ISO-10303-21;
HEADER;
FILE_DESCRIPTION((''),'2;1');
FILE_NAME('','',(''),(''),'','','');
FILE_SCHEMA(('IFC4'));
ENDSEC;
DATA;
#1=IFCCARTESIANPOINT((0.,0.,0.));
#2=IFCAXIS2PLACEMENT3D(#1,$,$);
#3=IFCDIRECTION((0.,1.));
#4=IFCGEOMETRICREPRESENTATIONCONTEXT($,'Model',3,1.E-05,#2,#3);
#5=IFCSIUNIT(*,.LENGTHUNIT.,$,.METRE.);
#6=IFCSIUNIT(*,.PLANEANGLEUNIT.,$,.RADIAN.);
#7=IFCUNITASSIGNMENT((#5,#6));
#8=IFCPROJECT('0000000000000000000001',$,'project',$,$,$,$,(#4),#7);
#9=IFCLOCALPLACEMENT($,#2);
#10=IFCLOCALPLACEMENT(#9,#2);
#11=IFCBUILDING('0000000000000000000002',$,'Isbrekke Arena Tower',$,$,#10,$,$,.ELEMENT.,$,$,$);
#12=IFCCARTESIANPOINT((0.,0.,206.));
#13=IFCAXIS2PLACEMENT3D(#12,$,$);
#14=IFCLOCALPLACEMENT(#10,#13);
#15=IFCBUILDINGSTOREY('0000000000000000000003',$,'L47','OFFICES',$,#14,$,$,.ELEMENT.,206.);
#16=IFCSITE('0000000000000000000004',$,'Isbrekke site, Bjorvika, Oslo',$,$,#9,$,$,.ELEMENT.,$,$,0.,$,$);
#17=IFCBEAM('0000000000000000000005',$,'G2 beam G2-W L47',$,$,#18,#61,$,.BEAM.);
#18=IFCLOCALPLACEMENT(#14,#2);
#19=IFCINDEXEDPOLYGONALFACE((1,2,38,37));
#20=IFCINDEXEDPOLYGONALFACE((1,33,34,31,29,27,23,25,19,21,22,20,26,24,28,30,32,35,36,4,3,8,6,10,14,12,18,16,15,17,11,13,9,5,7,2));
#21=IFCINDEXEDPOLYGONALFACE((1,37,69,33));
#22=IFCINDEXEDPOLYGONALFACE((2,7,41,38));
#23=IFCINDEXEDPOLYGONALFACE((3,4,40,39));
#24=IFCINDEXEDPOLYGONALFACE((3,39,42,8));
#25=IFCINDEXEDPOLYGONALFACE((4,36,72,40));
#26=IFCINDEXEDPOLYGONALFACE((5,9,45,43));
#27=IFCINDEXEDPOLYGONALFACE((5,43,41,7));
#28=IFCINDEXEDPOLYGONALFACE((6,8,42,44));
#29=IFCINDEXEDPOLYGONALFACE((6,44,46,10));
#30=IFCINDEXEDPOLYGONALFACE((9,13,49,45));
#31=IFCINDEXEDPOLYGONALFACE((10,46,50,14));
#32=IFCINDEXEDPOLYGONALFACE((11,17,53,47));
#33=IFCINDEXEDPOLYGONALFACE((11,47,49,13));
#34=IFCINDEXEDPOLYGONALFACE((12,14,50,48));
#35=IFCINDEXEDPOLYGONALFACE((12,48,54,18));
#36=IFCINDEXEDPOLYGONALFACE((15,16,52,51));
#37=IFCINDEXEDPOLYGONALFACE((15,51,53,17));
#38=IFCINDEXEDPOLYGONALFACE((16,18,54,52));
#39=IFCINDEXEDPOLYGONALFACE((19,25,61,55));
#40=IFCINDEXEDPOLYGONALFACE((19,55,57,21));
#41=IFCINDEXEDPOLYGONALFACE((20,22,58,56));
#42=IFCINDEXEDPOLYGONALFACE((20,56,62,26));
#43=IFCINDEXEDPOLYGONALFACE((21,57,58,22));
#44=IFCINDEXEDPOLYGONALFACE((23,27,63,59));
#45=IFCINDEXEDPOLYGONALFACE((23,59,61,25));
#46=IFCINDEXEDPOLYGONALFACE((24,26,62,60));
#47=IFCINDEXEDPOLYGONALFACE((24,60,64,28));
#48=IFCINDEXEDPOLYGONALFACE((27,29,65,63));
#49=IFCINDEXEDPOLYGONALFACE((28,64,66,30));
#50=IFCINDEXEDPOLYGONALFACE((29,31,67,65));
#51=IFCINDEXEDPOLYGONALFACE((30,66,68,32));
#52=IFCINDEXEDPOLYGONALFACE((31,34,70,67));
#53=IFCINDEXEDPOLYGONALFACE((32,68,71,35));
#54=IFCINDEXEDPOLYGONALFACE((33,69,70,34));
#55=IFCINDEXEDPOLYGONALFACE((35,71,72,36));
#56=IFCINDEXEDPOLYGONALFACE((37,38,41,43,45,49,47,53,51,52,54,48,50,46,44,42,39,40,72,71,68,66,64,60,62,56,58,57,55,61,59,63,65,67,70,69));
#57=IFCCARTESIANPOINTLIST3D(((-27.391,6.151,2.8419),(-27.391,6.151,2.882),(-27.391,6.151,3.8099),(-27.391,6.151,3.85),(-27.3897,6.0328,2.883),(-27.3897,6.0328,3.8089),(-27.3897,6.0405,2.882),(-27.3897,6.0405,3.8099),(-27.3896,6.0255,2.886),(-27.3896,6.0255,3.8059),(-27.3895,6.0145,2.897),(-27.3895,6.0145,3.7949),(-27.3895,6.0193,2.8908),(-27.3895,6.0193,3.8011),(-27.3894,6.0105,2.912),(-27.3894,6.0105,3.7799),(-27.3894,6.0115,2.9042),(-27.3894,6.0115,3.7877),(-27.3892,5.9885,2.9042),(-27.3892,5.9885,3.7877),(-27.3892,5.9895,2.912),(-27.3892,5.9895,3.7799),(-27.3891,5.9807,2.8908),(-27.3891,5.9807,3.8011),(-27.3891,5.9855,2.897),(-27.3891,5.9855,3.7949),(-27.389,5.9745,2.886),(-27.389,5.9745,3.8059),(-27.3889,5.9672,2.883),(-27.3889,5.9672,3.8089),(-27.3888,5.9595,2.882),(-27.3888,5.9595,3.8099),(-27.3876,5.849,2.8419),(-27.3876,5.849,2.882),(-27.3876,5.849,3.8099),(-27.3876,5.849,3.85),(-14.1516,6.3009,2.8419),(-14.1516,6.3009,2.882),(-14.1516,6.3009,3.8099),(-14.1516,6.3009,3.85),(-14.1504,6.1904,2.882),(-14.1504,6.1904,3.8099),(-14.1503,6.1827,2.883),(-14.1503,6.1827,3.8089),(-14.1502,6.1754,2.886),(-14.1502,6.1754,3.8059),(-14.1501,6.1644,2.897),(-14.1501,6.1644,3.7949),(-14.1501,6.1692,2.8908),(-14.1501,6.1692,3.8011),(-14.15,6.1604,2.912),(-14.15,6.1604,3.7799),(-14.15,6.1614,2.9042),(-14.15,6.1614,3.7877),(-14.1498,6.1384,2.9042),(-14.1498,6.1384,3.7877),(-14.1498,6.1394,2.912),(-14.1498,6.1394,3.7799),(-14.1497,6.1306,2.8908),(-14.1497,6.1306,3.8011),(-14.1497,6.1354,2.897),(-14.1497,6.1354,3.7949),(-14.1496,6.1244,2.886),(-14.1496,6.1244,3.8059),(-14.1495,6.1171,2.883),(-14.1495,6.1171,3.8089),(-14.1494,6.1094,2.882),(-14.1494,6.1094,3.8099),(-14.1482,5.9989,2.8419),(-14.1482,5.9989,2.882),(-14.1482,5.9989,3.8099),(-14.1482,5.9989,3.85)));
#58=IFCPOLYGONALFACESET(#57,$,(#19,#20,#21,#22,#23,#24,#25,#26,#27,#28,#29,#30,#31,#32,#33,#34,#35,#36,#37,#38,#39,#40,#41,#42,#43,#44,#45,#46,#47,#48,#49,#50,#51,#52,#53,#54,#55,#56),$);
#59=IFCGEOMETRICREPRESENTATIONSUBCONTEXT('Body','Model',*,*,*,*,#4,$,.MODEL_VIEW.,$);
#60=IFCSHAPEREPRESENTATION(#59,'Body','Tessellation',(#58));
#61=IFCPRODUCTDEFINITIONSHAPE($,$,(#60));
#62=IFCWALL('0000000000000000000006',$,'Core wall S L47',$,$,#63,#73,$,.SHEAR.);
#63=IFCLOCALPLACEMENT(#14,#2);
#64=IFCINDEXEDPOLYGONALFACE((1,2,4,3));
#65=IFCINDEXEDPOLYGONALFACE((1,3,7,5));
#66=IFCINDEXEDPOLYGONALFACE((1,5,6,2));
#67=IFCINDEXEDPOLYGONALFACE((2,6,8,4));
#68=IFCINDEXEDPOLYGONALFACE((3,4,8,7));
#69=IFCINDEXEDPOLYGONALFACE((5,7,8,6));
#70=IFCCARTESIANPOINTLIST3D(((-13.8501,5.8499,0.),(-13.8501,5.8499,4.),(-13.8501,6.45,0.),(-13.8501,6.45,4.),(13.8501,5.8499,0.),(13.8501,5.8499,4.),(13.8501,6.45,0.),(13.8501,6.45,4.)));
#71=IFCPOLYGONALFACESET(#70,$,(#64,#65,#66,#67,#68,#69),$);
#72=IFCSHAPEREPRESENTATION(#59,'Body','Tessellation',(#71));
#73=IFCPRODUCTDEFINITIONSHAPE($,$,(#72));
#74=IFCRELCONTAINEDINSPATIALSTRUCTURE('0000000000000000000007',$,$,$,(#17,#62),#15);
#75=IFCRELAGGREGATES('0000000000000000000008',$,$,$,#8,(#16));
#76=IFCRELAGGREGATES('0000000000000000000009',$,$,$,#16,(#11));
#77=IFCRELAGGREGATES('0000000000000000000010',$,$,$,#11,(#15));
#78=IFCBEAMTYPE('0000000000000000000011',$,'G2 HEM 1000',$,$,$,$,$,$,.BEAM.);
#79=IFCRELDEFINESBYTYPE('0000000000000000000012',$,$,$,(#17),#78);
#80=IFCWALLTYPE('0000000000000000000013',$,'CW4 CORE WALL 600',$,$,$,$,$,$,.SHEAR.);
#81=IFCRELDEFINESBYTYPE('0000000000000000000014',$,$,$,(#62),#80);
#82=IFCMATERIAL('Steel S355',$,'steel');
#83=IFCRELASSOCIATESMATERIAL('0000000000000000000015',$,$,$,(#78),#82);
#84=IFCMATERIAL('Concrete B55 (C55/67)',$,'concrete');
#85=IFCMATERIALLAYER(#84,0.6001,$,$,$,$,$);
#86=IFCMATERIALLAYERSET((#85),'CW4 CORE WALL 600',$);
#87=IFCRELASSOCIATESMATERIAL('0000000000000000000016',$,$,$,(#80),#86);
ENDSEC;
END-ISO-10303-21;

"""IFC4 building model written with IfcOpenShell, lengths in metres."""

from ifc_helpers import new_model, si_unit, direction, frame, frame_2d, origin, origin_2d, place, context, subcontext, project, spatial, rectangle, i_section, extrude, material, layer, layer_set, material_profile, profile_set, type_object, element, save


model = new_model("IFC4")

# Units and contexts
model_context = context("Model", 3, precision=1e-05, world=origin(), true_north=direction((0.0, 1.0)))
body_context = subcontext(model_context, "Body", "Model", "MODEL_VIEW")
ifc_project = project(units=[si_unit("LENGTHUNIT", "METRE"), si_unit("PLANEANGLEUNIT", "RADIAN")], contexts=[model_context])

# Site, building, storey
site_placement = place(None, origin())
site = spatial("IfcSite", under=ifc_project, at=site_placement, Name="Isbrekke site, Bjorvika, Oslo", CompositionType="ELEMENT", RefElevation=0.0)
building_placement = place(site_placement, origin())
building = spatial("IfcBuilding", under=site, at=building_placement, Name="Isbrekke Arena Tower", CompositionType="ELEMENT")
storey_placement = place(building_placement, frame((0.0, 0.0, 206.0)))
storey = spatial("IfcBuildingStorey", under=building, at=storey_placement, Name="L47", Description="OFFICES", CompositionType="ELEMENT", Elevation=206.0)

# Beam
ifc_material_1 = material(Name="Steel S355", Category="steel")
ifc_material_profile = material_profile(ifc_material_1, i_section(OverallWidth=0.302, OverallDepth=1.0081, WebThickness=0.021, FlangeThickness=0.04, FilletRadius=0.03, at=origin_2d()), Name="HEM 1000")
ifc_profile_set = profile_set([ifc_material_profile], Name="Steel S355")
beam_type = type_object("IfcBeamType", Name="G2 HEM 1000", PredefinedType="BEAM", material=ifc_profile_set)
beam_placement = place(storey_placement, frame((-14.1499, 6.1499, 3.3459), z_axis=(-0.999936, -0.011322, 0.0), x_axis=(0.011322, -0.999936, 0.0)))
element("IfcBeam", 1, at=beam_placement, inside=storey, type_object=beam_type, Name="G2 beam G2-W L47", PredefinedType="BEAM", context=body_context, shape_type="SweptSolid", body=[
    extrude(i_section(OverallWidth=0.302, OverallDepth=1.0081, WebThickness=0.021, FlangeThickness=0.04, FilletRadius=0.03, at=origin_2d()), origin(), (0.0, 0.0, 1.0), 13.2402),
])

# Wall
ifc_material_2 = material(Name="Concrete B55 (C55/67)", Category="concrete")
ifc_layer_1 = layer(ifc_material_2, 0.6001)
ifc_layer_set_1 = layer_set([ifc_layer_1], Name="CW4 CORE WALL 600")
wall_type_1 = type_object("IfcWallType", Name="CW4 CORE WALL 600", PredefinedType="SHEAR", material=ifc_layer_set_1)
wall_1_placement = place(storey_placement, frame((-13.8501, 6.1499, 0.0), z_axis=(0.0, 0.0, 1.0), x_axis=(1.0, 0.0, 0.0)))
element("IfcWall", 2, at=wall_1_placement, inside=storey, type_object=wall_type_1, Name="Core wall S L47", PredefinedType="SHEAR", context=body_context, shape_type="SweptSolid", body=[
    extrude(rectangle(XDim=27.7002, YDim=0.6001, at=frame_2d((13.8501, 0.0))), origin(), (0.0, 0.0, 1.0), 4.0),
])

save(model, "model.ifc")
